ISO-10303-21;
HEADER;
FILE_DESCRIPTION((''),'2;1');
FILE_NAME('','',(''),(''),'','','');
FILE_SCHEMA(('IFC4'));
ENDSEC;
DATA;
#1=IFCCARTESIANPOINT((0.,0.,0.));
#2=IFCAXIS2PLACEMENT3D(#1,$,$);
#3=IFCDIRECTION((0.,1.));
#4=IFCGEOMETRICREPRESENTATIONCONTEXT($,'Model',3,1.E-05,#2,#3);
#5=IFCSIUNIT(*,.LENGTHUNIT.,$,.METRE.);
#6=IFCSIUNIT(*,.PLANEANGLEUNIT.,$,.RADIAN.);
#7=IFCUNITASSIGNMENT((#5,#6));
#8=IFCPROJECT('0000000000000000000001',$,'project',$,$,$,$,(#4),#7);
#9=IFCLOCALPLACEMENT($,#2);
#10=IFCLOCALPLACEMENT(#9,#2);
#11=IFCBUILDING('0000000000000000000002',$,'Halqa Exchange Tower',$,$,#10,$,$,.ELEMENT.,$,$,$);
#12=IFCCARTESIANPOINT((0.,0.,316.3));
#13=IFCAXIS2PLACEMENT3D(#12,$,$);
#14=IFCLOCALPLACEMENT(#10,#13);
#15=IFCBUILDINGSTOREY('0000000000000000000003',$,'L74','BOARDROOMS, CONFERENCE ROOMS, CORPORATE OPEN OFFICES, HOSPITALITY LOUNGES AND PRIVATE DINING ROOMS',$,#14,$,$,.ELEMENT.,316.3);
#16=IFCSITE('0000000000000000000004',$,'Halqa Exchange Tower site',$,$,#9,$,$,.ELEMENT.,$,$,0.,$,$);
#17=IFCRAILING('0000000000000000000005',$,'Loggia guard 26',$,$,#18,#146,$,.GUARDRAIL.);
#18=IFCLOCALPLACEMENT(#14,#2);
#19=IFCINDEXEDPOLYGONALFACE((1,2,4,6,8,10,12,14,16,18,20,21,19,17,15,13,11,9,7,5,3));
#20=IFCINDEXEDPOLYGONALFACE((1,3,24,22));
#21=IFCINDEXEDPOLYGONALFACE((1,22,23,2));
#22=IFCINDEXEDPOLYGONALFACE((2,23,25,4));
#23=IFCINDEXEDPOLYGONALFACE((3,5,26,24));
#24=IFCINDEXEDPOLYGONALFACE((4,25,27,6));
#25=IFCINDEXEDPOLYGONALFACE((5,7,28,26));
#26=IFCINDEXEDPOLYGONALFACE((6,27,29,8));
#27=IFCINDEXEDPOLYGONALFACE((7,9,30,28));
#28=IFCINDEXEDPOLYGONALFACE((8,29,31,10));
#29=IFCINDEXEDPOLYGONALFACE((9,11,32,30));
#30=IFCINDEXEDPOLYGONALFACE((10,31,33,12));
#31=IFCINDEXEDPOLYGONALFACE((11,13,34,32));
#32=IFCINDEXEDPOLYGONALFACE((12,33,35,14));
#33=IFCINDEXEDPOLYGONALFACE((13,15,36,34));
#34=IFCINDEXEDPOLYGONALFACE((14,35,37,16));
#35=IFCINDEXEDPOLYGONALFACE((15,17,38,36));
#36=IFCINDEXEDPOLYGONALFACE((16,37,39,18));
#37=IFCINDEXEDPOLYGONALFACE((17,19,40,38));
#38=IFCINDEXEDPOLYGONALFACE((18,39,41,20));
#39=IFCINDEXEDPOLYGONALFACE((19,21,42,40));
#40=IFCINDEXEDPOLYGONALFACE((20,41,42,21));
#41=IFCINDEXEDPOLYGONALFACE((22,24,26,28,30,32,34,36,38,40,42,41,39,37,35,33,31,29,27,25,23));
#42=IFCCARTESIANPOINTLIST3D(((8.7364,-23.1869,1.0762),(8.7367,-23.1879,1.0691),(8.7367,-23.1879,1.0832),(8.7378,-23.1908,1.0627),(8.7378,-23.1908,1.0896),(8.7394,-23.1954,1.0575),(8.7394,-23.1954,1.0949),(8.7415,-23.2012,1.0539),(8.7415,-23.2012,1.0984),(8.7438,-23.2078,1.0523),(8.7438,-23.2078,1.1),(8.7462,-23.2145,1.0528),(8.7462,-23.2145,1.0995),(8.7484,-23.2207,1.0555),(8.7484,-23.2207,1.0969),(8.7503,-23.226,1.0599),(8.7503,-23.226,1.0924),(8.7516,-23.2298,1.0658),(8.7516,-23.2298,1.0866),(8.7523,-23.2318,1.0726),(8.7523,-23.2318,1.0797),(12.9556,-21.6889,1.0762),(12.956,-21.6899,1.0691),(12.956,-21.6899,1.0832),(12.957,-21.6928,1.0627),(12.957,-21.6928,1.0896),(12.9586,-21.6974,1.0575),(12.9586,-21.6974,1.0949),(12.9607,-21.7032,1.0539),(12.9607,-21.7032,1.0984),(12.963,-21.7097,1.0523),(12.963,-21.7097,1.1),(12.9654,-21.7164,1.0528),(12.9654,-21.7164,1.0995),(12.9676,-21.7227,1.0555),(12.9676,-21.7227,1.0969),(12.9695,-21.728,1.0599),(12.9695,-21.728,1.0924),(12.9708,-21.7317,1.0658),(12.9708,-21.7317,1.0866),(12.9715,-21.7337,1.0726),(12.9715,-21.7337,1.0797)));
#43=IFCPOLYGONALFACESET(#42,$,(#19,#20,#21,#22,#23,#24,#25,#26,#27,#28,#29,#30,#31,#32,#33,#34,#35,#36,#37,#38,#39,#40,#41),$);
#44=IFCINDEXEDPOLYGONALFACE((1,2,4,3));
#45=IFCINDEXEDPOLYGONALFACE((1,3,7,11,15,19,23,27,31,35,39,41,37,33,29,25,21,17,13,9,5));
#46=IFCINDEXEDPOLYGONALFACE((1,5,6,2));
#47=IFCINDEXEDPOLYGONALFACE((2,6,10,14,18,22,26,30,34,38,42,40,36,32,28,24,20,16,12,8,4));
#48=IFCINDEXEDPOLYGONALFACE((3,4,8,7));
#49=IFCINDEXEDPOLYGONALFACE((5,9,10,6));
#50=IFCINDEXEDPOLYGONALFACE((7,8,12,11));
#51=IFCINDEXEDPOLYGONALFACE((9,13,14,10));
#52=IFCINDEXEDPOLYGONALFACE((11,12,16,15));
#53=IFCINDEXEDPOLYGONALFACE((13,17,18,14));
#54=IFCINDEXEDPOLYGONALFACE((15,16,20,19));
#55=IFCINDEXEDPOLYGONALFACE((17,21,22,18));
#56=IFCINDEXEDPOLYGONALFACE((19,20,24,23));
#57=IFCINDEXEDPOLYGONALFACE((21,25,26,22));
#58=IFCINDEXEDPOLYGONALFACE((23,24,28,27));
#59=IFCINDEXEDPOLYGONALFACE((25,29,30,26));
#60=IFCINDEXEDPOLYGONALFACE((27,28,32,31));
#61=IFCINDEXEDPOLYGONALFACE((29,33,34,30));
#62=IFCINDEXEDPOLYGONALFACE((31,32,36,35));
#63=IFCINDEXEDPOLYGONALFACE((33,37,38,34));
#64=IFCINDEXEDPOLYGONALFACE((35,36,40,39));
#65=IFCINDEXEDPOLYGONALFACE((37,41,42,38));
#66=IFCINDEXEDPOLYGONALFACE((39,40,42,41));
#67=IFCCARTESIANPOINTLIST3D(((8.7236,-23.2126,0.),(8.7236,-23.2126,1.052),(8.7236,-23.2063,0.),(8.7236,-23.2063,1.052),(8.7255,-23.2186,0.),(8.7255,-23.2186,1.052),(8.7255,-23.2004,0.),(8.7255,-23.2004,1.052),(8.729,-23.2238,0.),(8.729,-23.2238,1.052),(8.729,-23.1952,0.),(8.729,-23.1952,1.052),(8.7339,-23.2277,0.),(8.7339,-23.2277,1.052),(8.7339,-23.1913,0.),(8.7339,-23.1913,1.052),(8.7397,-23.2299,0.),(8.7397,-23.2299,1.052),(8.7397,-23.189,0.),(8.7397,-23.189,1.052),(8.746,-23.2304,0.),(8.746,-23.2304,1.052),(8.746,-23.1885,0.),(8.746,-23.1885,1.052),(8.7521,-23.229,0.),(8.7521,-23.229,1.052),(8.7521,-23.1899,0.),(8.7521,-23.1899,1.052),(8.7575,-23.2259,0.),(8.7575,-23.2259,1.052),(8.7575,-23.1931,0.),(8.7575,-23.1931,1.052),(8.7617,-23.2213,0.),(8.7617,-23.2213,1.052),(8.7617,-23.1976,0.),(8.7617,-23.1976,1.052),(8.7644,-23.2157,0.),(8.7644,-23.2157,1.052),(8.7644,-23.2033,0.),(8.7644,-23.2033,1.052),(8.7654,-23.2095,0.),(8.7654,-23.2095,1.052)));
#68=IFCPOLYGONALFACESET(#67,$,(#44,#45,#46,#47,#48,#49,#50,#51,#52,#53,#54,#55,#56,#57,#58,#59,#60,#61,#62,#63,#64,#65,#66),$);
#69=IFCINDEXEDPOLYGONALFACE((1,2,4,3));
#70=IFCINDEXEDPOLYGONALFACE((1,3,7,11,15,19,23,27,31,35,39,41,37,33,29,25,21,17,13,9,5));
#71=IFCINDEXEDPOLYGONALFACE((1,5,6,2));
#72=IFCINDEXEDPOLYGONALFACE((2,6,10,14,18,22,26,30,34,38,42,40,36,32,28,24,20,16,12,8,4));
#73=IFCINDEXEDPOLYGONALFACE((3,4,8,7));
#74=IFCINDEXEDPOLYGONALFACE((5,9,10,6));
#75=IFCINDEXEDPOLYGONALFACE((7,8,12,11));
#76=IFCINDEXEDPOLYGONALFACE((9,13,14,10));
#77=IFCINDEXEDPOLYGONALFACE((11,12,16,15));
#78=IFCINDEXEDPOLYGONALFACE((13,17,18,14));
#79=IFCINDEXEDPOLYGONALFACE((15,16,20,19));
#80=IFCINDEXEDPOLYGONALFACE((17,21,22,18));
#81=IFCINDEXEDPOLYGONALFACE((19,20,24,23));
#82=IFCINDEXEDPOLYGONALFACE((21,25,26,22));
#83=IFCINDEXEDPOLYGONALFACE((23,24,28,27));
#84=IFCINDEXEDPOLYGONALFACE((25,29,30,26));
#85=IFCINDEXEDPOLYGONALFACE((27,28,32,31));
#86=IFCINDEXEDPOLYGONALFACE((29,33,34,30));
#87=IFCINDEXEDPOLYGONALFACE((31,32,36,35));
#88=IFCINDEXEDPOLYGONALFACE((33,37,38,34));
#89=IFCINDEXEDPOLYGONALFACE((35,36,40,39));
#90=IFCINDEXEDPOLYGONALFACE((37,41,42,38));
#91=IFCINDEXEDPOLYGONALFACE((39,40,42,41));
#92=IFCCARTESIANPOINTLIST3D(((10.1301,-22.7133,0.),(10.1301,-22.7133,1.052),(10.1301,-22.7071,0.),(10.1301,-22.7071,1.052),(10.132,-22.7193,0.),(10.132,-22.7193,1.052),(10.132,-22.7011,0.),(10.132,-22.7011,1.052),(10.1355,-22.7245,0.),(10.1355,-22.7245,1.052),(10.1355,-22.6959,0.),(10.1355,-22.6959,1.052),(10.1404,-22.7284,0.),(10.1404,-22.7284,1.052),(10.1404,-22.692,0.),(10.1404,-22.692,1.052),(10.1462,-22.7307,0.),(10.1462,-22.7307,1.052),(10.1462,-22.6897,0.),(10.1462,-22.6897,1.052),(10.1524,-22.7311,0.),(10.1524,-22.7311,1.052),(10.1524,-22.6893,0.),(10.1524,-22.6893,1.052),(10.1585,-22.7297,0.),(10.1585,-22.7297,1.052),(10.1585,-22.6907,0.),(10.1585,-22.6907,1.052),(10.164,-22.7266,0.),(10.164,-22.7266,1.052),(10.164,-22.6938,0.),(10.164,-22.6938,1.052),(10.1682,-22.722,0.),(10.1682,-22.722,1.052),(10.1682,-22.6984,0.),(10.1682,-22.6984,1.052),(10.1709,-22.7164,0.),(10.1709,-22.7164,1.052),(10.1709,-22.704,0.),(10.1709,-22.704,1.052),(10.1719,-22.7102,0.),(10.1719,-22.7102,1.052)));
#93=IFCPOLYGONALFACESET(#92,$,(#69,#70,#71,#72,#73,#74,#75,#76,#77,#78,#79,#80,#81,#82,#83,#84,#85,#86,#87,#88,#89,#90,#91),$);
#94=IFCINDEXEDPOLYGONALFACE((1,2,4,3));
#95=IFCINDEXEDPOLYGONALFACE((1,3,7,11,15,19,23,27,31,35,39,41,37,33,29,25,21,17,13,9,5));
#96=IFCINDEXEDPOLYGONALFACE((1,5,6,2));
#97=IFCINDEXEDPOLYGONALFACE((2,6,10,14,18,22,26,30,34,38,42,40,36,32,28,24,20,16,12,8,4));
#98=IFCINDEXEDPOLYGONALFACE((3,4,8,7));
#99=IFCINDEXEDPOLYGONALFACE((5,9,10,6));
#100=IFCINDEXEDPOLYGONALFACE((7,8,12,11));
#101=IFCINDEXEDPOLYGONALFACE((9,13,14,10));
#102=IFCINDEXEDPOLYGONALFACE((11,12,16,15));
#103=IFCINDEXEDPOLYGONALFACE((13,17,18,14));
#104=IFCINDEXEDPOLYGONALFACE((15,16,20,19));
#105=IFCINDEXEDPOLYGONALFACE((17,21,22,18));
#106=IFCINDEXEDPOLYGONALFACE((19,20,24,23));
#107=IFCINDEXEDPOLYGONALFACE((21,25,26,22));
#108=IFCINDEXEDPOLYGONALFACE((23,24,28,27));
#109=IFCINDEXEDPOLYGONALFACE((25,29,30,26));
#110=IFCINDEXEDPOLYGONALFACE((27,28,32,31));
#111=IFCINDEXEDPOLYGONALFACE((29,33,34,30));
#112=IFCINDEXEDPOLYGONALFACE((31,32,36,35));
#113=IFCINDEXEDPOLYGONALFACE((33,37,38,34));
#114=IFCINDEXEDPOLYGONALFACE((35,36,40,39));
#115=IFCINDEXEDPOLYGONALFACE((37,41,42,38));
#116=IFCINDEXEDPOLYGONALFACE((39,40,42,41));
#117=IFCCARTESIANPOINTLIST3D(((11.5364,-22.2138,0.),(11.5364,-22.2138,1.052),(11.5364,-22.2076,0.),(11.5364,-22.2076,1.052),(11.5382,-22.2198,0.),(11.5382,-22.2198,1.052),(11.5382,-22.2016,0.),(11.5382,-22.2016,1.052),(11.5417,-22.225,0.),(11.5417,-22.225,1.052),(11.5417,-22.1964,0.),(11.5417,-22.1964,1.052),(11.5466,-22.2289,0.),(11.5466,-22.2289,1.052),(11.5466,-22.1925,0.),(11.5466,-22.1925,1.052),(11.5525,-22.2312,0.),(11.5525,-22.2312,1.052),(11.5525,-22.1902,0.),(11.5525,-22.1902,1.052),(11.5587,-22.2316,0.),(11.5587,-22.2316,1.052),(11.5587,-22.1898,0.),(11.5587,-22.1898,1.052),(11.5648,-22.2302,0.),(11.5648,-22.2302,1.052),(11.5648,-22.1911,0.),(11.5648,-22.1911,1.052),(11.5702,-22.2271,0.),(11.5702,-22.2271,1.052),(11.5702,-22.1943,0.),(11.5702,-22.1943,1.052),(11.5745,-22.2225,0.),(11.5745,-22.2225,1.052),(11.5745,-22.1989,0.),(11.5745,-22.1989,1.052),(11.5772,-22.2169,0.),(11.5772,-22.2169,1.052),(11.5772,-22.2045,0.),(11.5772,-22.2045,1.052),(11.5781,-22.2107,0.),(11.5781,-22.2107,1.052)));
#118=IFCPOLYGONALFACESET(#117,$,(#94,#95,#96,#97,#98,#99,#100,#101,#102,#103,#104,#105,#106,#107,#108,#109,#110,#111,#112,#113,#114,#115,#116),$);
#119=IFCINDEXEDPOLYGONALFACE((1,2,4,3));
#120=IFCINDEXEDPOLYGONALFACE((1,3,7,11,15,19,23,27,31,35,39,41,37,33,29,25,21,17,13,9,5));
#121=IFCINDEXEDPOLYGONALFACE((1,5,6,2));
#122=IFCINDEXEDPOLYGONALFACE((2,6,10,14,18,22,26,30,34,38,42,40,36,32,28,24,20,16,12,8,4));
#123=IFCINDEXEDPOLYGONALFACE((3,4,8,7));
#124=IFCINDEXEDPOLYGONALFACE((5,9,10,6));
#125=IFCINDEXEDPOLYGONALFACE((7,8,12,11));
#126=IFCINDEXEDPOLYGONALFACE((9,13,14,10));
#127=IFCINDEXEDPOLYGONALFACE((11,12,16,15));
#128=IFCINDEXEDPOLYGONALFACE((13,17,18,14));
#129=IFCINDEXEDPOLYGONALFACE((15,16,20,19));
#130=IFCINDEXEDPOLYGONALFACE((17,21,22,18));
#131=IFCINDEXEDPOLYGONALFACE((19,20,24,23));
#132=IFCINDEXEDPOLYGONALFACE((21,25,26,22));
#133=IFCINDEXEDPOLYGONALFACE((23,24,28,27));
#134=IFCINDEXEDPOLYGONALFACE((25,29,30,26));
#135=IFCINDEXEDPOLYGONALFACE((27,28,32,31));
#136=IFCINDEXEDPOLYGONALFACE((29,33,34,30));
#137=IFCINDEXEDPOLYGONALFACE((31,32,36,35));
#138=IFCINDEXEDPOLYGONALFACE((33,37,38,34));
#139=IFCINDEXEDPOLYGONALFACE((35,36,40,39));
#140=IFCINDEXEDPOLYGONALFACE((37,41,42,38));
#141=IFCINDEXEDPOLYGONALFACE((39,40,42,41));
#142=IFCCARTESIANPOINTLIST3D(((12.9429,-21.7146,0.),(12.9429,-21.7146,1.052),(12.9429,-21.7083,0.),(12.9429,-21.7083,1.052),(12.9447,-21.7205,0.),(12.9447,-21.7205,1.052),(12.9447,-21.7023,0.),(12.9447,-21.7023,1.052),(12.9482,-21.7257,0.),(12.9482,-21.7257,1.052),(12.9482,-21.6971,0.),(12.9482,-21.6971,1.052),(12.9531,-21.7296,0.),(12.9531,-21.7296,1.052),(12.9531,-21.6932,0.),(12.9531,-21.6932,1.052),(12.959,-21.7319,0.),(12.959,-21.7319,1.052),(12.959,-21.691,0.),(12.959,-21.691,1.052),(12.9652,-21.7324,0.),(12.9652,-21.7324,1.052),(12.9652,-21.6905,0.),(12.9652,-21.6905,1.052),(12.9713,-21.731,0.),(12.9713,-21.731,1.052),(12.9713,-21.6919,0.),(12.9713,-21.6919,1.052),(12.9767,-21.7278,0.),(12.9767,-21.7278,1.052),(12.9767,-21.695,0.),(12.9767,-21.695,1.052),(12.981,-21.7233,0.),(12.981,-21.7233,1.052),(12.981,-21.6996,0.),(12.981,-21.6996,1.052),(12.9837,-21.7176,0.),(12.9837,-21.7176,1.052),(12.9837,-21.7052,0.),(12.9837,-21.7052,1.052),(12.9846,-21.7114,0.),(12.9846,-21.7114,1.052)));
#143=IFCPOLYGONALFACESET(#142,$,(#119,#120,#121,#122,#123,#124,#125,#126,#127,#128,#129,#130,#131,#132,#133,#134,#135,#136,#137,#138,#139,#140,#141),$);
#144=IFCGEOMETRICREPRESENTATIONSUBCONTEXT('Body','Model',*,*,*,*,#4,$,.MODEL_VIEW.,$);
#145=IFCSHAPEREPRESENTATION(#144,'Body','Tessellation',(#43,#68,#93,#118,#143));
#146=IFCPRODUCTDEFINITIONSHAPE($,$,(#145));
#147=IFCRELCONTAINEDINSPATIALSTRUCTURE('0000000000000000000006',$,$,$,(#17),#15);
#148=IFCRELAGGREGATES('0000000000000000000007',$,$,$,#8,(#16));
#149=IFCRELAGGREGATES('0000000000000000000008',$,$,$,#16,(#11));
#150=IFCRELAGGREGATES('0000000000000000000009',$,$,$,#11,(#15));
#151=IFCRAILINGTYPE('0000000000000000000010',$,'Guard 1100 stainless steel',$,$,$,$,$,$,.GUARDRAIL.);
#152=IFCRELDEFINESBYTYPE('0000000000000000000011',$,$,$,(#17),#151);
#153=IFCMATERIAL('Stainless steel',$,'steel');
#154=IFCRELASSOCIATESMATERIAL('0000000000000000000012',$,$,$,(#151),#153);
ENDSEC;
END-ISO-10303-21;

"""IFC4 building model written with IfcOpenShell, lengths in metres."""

from ifc_helpers import new_model, si_unit, direction, frame, origin, origin_2d, place, context, subcontext, project, spatial, circle, extrude, material, type_object, element, save


model = new_model("IFC4")

# Units and contexts
model_context = context("Model", 3, precision=1e-05, world=origin(), true_north=direction((0.0, 1.0)))
body_context = subcontext(model_context, "Body", "Model", "MODEL_VIEW")
ifc_project = project(units=[si_unit("LENGTHUNIT", "METRE"), si_unit("PLANEANGLEUNIT", "RADIAN")], contexts=[model_context])

# Site, building, storey
site_placement = place(None, origin())
site = spatial("IfcSite", under=ifc_project, at=site_placement, Name="Halqa Exchange Tower site", CompositionType="ELEMENT", RefElevation=0.0)
building_placement = place(site_placement, origin())
building = spatial("IfcBuilding", under=site, at=building_placement, Name="Halqa Exchange Tower", CompositionType="ELEMENT")
storey_placement = place(building_placement, frame((0.0, 0.0, 316.3)))
storey = spatial("IfcBuildingStorey", under=building, at=storey_placement, Name="L74", Description="BOARDROOMS, CONFERENCE ROOMS, CORPORATE OPEN OFFICES, HOSPITALITY LOUNGES AND PRIVATE DINING ROOMS", CompositionType="ELEMENT", Elevation=316.3)

# Railing
ifc_material_1 = material(Name="Stainless steel", Category="steel")
railing_type = type_object("IfcRailingType", Name="Guard 1100 stainless steel", PredefinedType="GUARDRAIL", material=ifc_material_1)
railing_1_placement = place(storey_placement, frame((8.7444, -23.2095, 0.0)))
element("IfcRailing", 1, at=railing_1_placement, inside=storey, type_object=railing_type, Name="Loggia guard 26", PredefinedType="GUARDRAIL", context=body_context, shape_type="SweptSolid", body=[
    extrude(circle(Radius=0.0239, at=origin_2d()), frame((0.0, 0.0, 1.0762), z_axis=(0.942365, 0.334588, 0.0), x_axis=(-0.334588, 0.942365, 0.0)), (0.0, 0.0, 1.0), 4.4773),
    extrude(circle(Radius=0.021, at=origin_2d()), origin(), (0.0, 0.0, 1.0), 1.052),
    extrude(circle(Radius=0.021, at=origin_2d()), frame((1.4065, 0.4993, 0.0)), (0.0, 0.0, 1.0), 1.052),
    extrude(circle(Radius=0.021, at=origin_2d()), frame((2.8127, 0.9988, 0.0)), (0.0, 0.0, 1.0), 1.052),
    extrude(circle(Radius=0.021, at=origin_2d()), frame((4.2192, 1.498, 0.0)), (0.0, 0.0, 1.0), 1.052),
])

save(model, "model.ifc")
